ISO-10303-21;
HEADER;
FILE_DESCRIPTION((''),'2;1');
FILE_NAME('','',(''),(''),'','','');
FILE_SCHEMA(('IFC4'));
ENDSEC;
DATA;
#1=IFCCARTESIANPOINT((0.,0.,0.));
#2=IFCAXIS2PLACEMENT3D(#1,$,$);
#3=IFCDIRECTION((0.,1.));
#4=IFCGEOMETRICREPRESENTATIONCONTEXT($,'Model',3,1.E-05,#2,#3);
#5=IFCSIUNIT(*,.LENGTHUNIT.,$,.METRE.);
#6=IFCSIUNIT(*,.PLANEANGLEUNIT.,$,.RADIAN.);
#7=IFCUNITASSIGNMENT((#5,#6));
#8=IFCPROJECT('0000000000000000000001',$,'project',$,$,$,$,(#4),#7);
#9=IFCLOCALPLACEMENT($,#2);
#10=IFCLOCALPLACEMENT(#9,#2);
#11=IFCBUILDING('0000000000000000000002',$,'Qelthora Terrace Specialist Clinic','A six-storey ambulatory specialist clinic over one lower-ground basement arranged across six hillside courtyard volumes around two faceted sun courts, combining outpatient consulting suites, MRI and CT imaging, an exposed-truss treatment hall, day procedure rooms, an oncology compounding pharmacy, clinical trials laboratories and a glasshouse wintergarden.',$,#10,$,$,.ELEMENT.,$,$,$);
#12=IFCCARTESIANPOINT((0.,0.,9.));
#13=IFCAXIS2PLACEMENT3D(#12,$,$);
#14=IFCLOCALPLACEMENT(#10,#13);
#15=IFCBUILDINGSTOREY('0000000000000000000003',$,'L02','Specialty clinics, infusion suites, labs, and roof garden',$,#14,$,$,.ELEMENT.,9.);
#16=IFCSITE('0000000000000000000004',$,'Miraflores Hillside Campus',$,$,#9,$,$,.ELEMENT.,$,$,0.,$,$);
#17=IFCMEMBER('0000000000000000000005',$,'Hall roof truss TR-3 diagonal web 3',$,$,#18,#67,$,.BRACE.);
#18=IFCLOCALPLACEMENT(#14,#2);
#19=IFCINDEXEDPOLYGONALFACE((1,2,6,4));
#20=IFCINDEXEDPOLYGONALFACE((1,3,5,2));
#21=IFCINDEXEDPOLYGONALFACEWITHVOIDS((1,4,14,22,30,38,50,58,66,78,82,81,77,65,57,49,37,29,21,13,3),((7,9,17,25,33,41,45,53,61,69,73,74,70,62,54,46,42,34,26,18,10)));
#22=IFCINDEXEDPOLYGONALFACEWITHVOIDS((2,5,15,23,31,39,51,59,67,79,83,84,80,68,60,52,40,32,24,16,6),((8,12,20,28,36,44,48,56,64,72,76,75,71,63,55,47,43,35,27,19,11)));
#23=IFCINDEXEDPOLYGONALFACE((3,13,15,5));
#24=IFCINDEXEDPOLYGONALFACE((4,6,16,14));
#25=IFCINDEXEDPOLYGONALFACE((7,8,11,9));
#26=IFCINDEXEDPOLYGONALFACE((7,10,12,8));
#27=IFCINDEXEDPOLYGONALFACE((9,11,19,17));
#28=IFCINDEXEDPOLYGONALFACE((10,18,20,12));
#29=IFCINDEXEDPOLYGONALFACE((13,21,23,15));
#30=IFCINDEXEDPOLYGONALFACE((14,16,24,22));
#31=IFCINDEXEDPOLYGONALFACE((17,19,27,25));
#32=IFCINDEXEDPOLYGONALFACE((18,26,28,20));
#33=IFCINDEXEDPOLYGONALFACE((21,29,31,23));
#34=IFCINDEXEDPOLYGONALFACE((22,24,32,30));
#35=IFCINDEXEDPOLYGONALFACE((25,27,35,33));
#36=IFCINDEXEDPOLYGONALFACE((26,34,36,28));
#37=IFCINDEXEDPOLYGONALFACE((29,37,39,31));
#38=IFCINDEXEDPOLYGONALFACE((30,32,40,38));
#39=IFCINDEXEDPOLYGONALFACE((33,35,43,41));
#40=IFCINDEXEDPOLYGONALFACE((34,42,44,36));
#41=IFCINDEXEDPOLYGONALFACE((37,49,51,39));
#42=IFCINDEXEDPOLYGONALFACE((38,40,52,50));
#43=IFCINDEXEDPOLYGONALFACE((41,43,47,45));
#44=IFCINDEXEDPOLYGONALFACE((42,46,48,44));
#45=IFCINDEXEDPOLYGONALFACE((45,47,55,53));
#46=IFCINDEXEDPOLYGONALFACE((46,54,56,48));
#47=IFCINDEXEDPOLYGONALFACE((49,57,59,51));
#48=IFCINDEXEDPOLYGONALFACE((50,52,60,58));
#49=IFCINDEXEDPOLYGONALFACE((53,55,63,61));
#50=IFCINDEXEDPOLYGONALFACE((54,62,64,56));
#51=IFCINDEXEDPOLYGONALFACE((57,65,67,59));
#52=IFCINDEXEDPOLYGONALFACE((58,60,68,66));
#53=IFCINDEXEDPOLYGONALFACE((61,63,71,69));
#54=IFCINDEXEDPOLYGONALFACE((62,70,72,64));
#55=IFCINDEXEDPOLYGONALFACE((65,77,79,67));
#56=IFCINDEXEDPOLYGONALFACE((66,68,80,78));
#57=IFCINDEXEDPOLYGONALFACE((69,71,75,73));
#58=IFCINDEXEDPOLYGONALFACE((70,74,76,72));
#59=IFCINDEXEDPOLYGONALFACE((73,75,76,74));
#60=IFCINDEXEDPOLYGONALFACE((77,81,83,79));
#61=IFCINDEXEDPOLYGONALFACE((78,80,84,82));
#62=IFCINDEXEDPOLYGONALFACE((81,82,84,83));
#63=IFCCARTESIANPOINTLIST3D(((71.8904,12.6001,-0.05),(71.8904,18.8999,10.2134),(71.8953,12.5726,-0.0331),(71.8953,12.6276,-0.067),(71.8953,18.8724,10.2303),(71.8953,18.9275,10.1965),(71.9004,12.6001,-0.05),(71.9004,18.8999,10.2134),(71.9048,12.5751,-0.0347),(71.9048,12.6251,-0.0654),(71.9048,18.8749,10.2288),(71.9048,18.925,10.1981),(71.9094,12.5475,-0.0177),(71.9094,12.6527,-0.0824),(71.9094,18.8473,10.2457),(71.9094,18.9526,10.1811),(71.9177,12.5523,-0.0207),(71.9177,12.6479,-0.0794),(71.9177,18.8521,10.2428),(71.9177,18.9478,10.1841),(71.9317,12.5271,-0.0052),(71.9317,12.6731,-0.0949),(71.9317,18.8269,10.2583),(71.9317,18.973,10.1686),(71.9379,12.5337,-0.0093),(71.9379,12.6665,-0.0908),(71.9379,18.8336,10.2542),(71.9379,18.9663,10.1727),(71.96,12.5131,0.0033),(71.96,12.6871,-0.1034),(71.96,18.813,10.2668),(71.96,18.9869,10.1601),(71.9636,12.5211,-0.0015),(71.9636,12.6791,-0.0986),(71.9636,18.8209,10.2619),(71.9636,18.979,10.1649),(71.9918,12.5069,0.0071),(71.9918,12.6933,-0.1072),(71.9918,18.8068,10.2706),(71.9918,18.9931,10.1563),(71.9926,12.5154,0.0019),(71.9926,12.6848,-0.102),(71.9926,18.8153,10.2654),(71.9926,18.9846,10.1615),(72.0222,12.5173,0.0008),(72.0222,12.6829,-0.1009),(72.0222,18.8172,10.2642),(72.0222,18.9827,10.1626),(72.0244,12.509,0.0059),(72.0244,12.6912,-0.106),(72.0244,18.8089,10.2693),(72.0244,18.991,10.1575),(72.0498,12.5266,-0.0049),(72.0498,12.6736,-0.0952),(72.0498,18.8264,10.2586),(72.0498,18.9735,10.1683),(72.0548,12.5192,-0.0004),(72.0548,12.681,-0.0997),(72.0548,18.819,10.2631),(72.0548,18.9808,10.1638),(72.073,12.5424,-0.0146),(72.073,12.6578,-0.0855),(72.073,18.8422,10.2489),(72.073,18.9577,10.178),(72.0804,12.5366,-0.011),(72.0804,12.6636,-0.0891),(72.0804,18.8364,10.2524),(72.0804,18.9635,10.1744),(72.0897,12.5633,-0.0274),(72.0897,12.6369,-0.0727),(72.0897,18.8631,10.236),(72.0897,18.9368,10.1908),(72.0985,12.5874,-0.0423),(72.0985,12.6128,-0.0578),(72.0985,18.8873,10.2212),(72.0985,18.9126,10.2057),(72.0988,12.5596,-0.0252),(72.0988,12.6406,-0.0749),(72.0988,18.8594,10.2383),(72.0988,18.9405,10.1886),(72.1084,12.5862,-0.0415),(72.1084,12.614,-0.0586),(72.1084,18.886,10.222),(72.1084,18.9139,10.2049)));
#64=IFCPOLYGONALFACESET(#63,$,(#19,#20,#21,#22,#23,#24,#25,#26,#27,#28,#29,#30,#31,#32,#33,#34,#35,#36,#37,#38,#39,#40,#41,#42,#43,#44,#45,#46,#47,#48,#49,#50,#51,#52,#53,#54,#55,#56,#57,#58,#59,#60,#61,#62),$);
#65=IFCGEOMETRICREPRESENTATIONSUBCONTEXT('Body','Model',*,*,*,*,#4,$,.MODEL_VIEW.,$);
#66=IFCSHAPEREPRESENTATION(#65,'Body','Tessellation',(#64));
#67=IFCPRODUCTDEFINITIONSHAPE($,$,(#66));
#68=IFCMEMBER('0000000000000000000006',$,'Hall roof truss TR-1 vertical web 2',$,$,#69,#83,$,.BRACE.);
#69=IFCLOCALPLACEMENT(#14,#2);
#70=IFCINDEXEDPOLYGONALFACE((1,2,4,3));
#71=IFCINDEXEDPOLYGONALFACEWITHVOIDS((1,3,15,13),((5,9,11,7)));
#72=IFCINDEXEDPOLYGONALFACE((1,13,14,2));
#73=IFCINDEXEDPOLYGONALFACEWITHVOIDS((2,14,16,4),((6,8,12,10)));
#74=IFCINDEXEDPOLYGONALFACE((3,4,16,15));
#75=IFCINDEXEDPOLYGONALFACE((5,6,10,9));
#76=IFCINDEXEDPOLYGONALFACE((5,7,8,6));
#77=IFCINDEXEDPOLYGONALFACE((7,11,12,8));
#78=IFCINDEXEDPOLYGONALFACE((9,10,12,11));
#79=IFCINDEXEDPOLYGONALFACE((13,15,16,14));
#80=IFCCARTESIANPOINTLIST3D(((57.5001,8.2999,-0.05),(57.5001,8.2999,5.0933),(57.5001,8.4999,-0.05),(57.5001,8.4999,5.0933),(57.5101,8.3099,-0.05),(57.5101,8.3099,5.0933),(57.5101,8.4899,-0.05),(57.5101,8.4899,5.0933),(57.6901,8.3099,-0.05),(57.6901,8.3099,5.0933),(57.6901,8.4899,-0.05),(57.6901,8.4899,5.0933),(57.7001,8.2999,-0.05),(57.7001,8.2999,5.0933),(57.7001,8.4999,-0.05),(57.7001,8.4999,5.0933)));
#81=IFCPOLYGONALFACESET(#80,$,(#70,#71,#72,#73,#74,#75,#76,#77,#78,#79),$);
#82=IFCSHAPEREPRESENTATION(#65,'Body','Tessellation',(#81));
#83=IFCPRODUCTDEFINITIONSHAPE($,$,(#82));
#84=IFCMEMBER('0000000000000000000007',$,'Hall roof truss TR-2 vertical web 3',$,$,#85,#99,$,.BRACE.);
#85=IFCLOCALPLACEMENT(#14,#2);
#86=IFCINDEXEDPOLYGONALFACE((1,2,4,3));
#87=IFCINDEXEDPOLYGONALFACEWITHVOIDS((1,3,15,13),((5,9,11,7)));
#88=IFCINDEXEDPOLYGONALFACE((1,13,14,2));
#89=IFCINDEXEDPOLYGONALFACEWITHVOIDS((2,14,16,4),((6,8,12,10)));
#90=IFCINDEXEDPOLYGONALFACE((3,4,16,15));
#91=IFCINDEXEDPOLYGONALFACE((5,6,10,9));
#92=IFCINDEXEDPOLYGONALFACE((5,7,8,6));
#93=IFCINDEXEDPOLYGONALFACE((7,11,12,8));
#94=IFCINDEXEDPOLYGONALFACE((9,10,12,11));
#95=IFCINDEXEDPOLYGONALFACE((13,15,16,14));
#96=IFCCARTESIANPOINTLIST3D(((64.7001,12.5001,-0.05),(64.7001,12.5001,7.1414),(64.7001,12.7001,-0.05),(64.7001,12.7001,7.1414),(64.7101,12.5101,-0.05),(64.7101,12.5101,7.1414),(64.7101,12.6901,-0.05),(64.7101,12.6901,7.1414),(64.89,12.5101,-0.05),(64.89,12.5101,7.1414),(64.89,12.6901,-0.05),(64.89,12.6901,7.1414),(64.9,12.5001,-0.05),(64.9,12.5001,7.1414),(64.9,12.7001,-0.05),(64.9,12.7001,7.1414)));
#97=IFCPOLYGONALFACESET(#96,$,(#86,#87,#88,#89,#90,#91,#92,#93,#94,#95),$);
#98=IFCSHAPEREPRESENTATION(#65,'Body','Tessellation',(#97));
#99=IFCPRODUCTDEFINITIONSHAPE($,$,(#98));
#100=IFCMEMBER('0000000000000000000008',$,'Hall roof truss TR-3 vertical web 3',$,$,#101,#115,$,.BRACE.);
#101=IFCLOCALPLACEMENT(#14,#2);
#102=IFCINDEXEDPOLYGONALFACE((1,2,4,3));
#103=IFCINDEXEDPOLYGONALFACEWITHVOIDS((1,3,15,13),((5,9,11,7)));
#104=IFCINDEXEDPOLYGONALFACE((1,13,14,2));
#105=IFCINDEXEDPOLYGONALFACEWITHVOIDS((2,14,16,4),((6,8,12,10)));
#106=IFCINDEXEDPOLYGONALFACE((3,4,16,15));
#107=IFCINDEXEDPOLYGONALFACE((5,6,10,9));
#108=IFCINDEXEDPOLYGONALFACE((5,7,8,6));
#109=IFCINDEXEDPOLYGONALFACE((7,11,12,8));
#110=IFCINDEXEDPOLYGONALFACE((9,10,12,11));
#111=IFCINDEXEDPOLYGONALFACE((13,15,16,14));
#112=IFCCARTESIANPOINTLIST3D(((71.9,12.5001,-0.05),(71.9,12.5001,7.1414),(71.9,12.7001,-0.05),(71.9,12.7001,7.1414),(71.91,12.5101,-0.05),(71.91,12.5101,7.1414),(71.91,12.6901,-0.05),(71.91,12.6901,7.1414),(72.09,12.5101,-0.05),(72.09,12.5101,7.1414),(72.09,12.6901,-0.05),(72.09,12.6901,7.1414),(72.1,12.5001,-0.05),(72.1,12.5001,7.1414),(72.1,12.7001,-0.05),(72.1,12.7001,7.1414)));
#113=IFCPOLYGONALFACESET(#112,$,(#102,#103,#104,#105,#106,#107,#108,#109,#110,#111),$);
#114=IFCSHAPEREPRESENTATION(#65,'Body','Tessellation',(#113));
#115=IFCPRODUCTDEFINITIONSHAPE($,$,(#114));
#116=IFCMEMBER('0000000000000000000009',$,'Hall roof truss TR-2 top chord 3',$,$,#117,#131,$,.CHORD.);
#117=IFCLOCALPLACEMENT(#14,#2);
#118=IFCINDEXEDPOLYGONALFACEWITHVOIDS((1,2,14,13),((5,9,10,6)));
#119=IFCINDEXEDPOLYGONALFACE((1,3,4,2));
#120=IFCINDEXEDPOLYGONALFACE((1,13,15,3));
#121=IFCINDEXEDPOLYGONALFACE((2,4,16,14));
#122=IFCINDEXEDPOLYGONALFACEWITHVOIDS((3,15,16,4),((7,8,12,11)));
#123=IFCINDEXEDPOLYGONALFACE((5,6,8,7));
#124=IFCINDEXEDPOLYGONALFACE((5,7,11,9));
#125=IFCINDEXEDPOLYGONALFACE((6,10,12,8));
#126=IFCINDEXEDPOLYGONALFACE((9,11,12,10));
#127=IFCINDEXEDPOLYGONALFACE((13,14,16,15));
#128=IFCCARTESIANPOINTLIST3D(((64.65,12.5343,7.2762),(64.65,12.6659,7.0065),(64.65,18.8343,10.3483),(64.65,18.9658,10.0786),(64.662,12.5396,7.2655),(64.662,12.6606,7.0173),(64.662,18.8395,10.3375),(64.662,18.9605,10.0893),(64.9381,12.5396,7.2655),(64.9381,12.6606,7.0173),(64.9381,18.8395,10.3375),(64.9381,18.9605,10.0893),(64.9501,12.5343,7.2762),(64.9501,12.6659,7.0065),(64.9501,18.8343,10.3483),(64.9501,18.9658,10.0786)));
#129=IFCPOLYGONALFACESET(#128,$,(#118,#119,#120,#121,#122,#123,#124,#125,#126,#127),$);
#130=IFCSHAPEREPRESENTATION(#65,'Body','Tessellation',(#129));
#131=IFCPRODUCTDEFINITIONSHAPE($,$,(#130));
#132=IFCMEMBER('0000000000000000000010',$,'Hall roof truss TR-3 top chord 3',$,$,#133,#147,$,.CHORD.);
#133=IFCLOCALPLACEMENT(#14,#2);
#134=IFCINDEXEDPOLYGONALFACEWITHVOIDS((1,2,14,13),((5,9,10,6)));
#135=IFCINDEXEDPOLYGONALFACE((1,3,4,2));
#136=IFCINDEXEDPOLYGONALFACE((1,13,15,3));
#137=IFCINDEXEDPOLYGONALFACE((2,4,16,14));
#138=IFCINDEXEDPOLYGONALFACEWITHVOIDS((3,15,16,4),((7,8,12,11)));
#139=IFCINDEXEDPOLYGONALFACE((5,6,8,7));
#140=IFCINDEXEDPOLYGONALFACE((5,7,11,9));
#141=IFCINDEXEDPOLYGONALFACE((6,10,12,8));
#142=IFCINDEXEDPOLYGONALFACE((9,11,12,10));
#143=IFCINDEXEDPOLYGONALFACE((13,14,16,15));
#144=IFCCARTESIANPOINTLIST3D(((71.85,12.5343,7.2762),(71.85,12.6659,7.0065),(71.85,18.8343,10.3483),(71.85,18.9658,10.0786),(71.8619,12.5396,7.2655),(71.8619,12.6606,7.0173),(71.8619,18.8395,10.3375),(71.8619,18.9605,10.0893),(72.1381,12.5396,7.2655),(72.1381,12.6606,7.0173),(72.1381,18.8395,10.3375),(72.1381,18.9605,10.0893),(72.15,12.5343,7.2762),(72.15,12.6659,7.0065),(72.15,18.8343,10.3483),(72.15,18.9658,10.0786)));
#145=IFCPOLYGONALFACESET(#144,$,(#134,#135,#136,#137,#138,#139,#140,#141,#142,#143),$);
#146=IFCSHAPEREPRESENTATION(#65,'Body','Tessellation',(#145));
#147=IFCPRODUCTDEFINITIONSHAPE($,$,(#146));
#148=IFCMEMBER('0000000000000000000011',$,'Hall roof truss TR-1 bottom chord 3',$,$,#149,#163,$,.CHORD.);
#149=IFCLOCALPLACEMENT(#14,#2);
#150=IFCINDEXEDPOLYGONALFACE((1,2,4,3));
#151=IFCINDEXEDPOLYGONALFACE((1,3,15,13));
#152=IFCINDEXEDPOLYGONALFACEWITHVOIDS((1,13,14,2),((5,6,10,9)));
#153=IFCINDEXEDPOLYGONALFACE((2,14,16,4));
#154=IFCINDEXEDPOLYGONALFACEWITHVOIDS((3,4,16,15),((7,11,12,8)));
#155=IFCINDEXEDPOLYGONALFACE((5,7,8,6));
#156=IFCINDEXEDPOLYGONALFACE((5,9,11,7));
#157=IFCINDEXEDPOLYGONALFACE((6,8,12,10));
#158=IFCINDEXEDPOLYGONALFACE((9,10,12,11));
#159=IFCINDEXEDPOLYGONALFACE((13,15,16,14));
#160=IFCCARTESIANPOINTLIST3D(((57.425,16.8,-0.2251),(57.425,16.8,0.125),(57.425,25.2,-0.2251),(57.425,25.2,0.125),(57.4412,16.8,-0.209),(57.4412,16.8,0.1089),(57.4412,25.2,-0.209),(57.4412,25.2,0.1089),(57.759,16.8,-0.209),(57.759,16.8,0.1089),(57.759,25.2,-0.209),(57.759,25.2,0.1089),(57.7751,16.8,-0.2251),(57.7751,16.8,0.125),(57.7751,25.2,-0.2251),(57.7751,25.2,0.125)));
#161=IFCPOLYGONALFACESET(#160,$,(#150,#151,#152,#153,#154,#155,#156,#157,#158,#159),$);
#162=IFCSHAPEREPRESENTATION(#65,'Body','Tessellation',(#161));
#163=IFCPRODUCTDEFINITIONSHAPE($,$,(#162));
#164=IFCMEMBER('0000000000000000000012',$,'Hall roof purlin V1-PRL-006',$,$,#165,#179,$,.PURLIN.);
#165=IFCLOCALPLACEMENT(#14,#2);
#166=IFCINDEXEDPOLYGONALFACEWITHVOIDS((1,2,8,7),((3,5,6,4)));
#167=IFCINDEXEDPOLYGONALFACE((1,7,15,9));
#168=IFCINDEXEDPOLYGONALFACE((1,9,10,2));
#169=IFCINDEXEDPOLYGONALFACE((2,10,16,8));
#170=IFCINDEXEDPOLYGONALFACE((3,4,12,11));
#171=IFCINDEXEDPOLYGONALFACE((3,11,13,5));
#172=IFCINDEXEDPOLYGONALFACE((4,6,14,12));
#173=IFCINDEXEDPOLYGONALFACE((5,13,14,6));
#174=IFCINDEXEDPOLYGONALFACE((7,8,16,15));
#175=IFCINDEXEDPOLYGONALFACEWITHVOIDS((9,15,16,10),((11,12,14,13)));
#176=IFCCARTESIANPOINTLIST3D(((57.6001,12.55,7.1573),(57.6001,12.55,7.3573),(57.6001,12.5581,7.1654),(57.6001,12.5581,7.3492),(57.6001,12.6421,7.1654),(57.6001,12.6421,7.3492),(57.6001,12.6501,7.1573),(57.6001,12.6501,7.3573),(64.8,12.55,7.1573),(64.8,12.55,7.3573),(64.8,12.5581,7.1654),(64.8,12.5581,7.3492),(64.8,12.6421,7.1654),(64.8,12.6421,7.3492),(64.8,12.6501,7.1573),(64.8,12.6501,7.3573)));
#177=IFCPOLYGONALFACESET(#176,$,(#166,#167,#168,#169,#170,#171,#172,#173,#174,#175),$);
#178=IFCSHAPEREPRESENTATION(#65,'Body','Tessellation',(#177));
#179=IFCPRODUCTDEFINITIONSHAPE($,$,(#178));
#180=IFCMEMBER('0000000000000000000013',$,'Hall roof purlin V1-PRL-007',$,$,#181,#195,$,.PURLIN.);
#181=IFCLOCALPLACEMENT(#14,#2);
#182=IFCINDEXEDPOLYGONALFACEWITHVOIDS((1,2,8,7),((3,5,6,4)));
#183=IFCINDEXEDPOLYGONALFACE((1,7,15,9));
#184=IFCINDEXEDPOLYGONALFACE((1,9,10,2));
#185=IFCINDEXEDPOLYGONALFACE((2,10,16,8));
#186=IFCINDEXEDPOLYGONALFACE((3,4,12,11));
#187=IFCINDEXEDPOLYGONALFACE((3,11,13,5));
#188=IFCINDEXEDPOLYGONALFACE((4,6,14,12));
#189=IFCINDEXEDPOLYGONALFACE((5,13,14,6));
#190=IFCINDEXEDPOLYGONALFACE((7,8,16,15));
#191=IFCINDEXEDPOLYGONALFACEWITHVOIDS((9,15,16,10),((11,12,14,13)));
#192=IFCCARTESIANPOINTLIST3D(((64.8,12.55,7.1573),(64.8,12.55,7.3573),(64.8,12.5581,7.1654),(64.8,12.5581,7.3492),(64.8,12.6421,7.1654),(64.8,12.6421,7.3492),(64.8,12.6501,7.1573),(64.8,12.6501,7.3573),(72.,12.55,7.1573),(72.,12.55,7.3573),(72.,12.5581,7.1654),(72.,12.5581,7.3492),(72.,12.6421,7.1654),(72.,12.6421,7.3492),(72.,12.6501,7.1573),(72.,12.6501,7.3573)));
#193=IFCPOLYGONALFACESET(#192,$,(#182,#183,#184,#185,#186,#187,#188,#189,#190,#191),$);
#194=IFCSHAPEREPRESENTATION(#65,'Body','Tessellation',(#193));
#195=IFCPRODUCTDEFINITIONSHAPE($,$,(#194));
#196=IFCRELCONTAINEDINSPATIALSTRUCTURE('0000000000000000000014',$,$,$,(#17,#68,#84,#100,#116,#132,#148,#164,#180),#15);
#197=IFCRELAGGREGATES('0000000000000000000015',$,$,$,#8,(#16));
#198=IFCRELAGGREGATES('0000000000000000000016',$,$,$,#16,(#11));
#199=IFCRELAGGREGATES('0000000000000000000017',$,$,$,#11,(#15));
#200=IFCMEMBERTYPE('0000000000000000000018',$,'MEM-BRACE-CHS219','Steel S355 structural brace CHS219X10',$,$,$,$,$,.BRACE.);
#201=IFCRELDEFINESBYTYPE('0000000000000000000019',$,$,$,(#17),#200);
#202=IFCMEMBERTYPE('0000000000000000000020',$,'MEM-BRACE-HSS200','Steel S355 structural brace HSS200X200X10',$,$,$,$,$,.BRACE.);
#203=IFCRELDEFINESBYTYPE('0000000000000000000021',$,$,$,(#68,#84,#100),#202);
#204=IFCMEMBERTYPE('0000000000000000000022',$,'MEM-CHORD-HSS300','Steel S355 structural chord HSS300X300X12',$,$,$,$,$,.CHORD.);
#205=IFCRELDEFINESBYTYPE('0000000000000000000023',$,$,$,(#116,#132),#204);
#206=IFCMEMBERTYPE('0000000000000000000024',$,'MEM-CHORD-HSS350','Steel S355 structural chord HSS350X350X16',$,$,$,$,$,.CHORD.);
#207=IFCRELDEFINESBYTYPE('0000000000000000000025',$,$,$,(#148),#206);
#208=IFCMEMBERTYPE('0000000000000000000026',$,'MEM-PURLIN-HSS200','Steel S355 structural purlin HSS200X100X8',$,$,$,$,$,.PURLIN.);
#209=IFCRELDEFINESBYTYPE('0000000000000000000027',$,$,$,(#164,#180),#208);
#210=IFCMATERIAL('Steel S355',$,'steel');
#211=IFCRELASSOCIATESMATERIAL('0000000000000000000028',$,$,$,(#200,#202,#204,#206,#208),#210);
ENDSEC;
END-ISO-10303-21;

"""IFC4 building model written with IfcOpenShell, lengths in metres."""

from ifc_helpers import new_model, si_unit, direction, frame, origin, origin_2d, place, context, subcontext, project, spatial, hollow_rectangle, hollow_circle, extrude, material, material_profile, profile_set, type_object, element, save


model = new_model("IFC4")

# Units and contexts
model_context = context("Model", 3, precision=1e-05, world=origin(), true_north=direction((0.0, 1.0)))
body_context = subcontext(model_context, "Body", "Model", "MODEL_VIEW")
ifc_project = project(units=[si_unit("LENGTHUNIT", "METRE"), si_unit("PLANEANGLEUNIT", "RADIAN")], contexts=[model_context])

# Site, building, storey
site_placement = place(None, origin())
site = spatial("IfcSite", under=ifc_project, at=site_placement, Name="Miraflores Hillside Campus", CompositionType="ELEMENT", RefElevation=0.0)
building_placement = place(site_placement, origin())
building = spatial("IfcBuilding", under=site, at=building_placement, Name="Qelthora Terrace Specialist Clinic", Description="A six-storey ambulatory specialist clinic over one lower-ground basement arranged across six hillside courtyard volumes around two faceted sun courts, combining outpatient consulting suites, MRI and CT imaging, an exposed-truss treatment hall, day procedure rooms, an oncology compounding pharmacy, clinical trials laboratories and a glasshouse wintergarden.", CompositionType="ELEMENT")
storey_placement = place(building_placement, frame((0.0, 0.0, 9.0)))
storey = spatial("IfcBuildingStorey", under=building, at=storey_placement, Name="L02", Description="Specialty clinics, infusion suites, labs, and roof garden", CompositionType="ELEMENT", Elevation=9.0)

# Shared definitions
ifc_material = material(Name="Steel S355", Category="steel")

# Members
ifc_material_profile_1 = material_profile(ifc_material, hollow_circle(Radius=0.1096, WallThickness=0.01, at=origin_2d()), Name="CHS219X10")
ifc_profile_set_1 = profile_set([ifc_material_profile_1], Name="Steel S355")
member_type_1 = type_object("IfcMemberType", Name="MEM-BRACE-CHS219", Description="Steel S355 structural brace CHS219X10", PredefinedType="BRACE", material=ifc_profile_set_1)
for number, where, z_axis, x_axis, name in (
    (1, (72.0, 12.6001, -0.05), (0.0, 0.523124, 0.852256), (-1.0, 0.0, 0.0), "Hall roof truss TR-3 diagonal web 3"),
):
    element("IfcMember", number, at=place(storey_placement, frame(where, z_axis=z_axis, x_axis=x_axis)), inside=storey, type_object=member_type_1, Name=name, PredefinedType="BRACE", context=body_context, shape_type="SweptSolid", body=[
        extrude(hollow_circle(Radius=0.1096, WallThickness=0.01, at=origin_2d()), origin(), (0.0, 0.0, 1.0), 12.0427),
    ])
ifc_material_profile_2 = material_profile(ifc_material, hollow_rectangle(XDim=0.2, YDim=0.2, WallThickness=0.01, at=origin_2d()), Name="HSS200X200X10")
ifc_profile_set_2 = profile_set([ifc_material_profile_2], Name="Steel S355")
member_type_2 = type_object("IfcMemberType", Name="MEM-BRACE-HSS200", Description="Steel S355 structural brace HSS200X200X10", PredefinedType="BRACE", material=ifc_profile_set_2)
member_1_placement = place(storey_placement, frame((57.6001, 8.3999, -0.05), z_axis=(0.0, 0.0, 1.0), x_axis=(1.0, 0.0, 0.0)))
element("IfcMember", 2, at=member_1_placement, inside=storey, type_object=member_type_2, Name="Hall roof truss TR-1 vertical web 2", PredefinedType="BRACE", context=body_context, shape_type="SweptSolid", body=[
    extrude(hollow_rectangle(XDim=0.2, YDim=0.2, WallThickness=0.01, at=origin_2d()), origin(), (0.0, 0.0, 1.0), 5.1433),
])
for number, where, z_axis, x_axis, name in (
    (3, (64.8, 12.6001, -0.05), (0.0, 0.0, 1.0), (1.0, 0.0, 0.0), "Hall roof truss TR-2 vertical web 3"),
    (4, (72.0, 12.6001, -0.05), (0.0, 0.0, 1.0), (1.0, 0.0, 0.0), "Hall roof truss TR-3 vertical web 3"),
):
    element("IfcMember", number, at=place(storey_placement, frame(where, z_axis=z_axis, x_axis=x_axis)), inside=storey, type_object=member_type_2, Name=name, PredefinedType="BRACE", context=body_context, shape_type="SweptSolid", body=[
        extrude(hollow_rectangle(XDim=0.2, YDim=0.2, WallThickness=0.01, at=origin_2d()), origin(), (0.0, 0.0, 1.0), 7.1914),
    ])
ifc_material_profile_3 = material_profile(ifc_material, hollow_rectangle(XDim=0.3, YDim=0.3, WallThickness=0.012, at=origin_2d()), Name="HSS300X300X12")
ifc_profile_set_3 = profile_set([ifc_material_profile_3], Name="Steel S355")
member_type_3 = type_object("IfcMemberType", Name="MEM-CHORD-HSS300", Description="Steel S355 structural chord HSS300X300X12", PredefinedType="CHORD", material=ifc_profile_set_3)
for number, where, z_axis, x_axis, name in (
    (5, (64.8, 12.6001, 7.1414), (0.0, 0.898828, 0.438302), (-1.0, 0.0, 0.0), "Hall roof truss TR-2 top chord 3"),
    (6, (72.0, 12.6001, 7.1414), (0.0, 0.898828, 0.438302), (-1.0, 0.0, 0.0), "Hall roof truss TR-3 top chord 3"),
):
    element("IfcMember", number, at=place(storey_placement, frame(where, z_axis=z_axis, x_axis=x_axis)), inside=storey, type_object=member_type_3, Name=name, PredefinedType="CHORD", context=body_context, shape_type="SweptSolid", body=[
        extrude(hollow_rectangle(XDim=0.3, YDim=0.3, WallThickness=0.012, at=origin_2d()), origin(), (0.0, 0.0, 1.0), 7.009),
    ])
ifc_material_profile_4 = material_profile(ifc_material, hollow_rectangle(XDim=0.3501, YDim=0.3501, WallThickness=0.0161, at=origin_2d()), Name="HSS350X350X16")
ifc_profile_set_4 = profile_set([ifc_material_profile_4], Name="Steel S355")
member_type_4 = type_object("IfcMemberType", Name="MEM-CHORD-HSS350", Description="Steel S355 structural chord HSS350X350X16", PredefinedType="CHORD", material=ifc_profile_set_4)
member_2_placement = place(storey_placement, frame((57.6001, 16.8, -0.05), z_axis=(0.0, 1.0, 0.0), x_axis=(-1.0, 0.0, 0.0)))
element("IfcMember", 7, at=member_2_placement, inside=storey, type_object=member_type_4, Name="Hall roof truss TR-1 bottom chord 3", PredefinedType="CHORD", context=body_context, shape_type="SweptSolid", body=[
    extrude(hollow_rectangle(XDim=0.3501, YDim=0.3501, WallThickness=0.0161, at=origin_2d()), origin(), (0.0, 0.0, 1.0), 8.3999),
])
ifc_material_profile_5 = material_profile(ifc_material, hollow_rectangle(XDim=0.1001, YDim=0.2, WallThickness=0.0081, at=origin_2d()), Name="HSS200X100X8")
ifc_profile_set_5 = profile_set([ifc_material_profile_5], Name="Steel S355")
member_type_5 = type_object("IfcMemberType", Name="MEM-PURLIN-HSS200", Description="Steel S355 structural purlin HSS200X100X8", PredefinedType="PURLIN", material=ifc_profile_set_5)
for number, where, z_axis, x_axis, name in (
    (8, (57.6001, 12.6001, 7.2573), (1.0, 0.0, 0.0), (0.0, 1.0, 0.0), "Hall roof purlin V1-PRL-006"),
    (9, (64.8, 12.6001, 7.2573), (1.0, 0.0, 0.0), (0.0, 1.0, 0.0), "Hall roof purlin V1-PRL-007"),
):
    element("IfcMember", number, at=place(storey_placement, frame(where, z_axis=z_axis, x_axis=x_axis)), inside=storey, type_object=member_type_5, Name=name, PredefinedType="PURLIN", context=body_context, shape_type="SweptSolid", body=[
        extrude(hollow_rectangle(XDim=0.1001, YDim=0.2, WallThickness=0.0081, at=origin_2d()), origin(), (0.0, 0.0, 1.0), 7.2),
    ])

save(model, "model.ifc")
